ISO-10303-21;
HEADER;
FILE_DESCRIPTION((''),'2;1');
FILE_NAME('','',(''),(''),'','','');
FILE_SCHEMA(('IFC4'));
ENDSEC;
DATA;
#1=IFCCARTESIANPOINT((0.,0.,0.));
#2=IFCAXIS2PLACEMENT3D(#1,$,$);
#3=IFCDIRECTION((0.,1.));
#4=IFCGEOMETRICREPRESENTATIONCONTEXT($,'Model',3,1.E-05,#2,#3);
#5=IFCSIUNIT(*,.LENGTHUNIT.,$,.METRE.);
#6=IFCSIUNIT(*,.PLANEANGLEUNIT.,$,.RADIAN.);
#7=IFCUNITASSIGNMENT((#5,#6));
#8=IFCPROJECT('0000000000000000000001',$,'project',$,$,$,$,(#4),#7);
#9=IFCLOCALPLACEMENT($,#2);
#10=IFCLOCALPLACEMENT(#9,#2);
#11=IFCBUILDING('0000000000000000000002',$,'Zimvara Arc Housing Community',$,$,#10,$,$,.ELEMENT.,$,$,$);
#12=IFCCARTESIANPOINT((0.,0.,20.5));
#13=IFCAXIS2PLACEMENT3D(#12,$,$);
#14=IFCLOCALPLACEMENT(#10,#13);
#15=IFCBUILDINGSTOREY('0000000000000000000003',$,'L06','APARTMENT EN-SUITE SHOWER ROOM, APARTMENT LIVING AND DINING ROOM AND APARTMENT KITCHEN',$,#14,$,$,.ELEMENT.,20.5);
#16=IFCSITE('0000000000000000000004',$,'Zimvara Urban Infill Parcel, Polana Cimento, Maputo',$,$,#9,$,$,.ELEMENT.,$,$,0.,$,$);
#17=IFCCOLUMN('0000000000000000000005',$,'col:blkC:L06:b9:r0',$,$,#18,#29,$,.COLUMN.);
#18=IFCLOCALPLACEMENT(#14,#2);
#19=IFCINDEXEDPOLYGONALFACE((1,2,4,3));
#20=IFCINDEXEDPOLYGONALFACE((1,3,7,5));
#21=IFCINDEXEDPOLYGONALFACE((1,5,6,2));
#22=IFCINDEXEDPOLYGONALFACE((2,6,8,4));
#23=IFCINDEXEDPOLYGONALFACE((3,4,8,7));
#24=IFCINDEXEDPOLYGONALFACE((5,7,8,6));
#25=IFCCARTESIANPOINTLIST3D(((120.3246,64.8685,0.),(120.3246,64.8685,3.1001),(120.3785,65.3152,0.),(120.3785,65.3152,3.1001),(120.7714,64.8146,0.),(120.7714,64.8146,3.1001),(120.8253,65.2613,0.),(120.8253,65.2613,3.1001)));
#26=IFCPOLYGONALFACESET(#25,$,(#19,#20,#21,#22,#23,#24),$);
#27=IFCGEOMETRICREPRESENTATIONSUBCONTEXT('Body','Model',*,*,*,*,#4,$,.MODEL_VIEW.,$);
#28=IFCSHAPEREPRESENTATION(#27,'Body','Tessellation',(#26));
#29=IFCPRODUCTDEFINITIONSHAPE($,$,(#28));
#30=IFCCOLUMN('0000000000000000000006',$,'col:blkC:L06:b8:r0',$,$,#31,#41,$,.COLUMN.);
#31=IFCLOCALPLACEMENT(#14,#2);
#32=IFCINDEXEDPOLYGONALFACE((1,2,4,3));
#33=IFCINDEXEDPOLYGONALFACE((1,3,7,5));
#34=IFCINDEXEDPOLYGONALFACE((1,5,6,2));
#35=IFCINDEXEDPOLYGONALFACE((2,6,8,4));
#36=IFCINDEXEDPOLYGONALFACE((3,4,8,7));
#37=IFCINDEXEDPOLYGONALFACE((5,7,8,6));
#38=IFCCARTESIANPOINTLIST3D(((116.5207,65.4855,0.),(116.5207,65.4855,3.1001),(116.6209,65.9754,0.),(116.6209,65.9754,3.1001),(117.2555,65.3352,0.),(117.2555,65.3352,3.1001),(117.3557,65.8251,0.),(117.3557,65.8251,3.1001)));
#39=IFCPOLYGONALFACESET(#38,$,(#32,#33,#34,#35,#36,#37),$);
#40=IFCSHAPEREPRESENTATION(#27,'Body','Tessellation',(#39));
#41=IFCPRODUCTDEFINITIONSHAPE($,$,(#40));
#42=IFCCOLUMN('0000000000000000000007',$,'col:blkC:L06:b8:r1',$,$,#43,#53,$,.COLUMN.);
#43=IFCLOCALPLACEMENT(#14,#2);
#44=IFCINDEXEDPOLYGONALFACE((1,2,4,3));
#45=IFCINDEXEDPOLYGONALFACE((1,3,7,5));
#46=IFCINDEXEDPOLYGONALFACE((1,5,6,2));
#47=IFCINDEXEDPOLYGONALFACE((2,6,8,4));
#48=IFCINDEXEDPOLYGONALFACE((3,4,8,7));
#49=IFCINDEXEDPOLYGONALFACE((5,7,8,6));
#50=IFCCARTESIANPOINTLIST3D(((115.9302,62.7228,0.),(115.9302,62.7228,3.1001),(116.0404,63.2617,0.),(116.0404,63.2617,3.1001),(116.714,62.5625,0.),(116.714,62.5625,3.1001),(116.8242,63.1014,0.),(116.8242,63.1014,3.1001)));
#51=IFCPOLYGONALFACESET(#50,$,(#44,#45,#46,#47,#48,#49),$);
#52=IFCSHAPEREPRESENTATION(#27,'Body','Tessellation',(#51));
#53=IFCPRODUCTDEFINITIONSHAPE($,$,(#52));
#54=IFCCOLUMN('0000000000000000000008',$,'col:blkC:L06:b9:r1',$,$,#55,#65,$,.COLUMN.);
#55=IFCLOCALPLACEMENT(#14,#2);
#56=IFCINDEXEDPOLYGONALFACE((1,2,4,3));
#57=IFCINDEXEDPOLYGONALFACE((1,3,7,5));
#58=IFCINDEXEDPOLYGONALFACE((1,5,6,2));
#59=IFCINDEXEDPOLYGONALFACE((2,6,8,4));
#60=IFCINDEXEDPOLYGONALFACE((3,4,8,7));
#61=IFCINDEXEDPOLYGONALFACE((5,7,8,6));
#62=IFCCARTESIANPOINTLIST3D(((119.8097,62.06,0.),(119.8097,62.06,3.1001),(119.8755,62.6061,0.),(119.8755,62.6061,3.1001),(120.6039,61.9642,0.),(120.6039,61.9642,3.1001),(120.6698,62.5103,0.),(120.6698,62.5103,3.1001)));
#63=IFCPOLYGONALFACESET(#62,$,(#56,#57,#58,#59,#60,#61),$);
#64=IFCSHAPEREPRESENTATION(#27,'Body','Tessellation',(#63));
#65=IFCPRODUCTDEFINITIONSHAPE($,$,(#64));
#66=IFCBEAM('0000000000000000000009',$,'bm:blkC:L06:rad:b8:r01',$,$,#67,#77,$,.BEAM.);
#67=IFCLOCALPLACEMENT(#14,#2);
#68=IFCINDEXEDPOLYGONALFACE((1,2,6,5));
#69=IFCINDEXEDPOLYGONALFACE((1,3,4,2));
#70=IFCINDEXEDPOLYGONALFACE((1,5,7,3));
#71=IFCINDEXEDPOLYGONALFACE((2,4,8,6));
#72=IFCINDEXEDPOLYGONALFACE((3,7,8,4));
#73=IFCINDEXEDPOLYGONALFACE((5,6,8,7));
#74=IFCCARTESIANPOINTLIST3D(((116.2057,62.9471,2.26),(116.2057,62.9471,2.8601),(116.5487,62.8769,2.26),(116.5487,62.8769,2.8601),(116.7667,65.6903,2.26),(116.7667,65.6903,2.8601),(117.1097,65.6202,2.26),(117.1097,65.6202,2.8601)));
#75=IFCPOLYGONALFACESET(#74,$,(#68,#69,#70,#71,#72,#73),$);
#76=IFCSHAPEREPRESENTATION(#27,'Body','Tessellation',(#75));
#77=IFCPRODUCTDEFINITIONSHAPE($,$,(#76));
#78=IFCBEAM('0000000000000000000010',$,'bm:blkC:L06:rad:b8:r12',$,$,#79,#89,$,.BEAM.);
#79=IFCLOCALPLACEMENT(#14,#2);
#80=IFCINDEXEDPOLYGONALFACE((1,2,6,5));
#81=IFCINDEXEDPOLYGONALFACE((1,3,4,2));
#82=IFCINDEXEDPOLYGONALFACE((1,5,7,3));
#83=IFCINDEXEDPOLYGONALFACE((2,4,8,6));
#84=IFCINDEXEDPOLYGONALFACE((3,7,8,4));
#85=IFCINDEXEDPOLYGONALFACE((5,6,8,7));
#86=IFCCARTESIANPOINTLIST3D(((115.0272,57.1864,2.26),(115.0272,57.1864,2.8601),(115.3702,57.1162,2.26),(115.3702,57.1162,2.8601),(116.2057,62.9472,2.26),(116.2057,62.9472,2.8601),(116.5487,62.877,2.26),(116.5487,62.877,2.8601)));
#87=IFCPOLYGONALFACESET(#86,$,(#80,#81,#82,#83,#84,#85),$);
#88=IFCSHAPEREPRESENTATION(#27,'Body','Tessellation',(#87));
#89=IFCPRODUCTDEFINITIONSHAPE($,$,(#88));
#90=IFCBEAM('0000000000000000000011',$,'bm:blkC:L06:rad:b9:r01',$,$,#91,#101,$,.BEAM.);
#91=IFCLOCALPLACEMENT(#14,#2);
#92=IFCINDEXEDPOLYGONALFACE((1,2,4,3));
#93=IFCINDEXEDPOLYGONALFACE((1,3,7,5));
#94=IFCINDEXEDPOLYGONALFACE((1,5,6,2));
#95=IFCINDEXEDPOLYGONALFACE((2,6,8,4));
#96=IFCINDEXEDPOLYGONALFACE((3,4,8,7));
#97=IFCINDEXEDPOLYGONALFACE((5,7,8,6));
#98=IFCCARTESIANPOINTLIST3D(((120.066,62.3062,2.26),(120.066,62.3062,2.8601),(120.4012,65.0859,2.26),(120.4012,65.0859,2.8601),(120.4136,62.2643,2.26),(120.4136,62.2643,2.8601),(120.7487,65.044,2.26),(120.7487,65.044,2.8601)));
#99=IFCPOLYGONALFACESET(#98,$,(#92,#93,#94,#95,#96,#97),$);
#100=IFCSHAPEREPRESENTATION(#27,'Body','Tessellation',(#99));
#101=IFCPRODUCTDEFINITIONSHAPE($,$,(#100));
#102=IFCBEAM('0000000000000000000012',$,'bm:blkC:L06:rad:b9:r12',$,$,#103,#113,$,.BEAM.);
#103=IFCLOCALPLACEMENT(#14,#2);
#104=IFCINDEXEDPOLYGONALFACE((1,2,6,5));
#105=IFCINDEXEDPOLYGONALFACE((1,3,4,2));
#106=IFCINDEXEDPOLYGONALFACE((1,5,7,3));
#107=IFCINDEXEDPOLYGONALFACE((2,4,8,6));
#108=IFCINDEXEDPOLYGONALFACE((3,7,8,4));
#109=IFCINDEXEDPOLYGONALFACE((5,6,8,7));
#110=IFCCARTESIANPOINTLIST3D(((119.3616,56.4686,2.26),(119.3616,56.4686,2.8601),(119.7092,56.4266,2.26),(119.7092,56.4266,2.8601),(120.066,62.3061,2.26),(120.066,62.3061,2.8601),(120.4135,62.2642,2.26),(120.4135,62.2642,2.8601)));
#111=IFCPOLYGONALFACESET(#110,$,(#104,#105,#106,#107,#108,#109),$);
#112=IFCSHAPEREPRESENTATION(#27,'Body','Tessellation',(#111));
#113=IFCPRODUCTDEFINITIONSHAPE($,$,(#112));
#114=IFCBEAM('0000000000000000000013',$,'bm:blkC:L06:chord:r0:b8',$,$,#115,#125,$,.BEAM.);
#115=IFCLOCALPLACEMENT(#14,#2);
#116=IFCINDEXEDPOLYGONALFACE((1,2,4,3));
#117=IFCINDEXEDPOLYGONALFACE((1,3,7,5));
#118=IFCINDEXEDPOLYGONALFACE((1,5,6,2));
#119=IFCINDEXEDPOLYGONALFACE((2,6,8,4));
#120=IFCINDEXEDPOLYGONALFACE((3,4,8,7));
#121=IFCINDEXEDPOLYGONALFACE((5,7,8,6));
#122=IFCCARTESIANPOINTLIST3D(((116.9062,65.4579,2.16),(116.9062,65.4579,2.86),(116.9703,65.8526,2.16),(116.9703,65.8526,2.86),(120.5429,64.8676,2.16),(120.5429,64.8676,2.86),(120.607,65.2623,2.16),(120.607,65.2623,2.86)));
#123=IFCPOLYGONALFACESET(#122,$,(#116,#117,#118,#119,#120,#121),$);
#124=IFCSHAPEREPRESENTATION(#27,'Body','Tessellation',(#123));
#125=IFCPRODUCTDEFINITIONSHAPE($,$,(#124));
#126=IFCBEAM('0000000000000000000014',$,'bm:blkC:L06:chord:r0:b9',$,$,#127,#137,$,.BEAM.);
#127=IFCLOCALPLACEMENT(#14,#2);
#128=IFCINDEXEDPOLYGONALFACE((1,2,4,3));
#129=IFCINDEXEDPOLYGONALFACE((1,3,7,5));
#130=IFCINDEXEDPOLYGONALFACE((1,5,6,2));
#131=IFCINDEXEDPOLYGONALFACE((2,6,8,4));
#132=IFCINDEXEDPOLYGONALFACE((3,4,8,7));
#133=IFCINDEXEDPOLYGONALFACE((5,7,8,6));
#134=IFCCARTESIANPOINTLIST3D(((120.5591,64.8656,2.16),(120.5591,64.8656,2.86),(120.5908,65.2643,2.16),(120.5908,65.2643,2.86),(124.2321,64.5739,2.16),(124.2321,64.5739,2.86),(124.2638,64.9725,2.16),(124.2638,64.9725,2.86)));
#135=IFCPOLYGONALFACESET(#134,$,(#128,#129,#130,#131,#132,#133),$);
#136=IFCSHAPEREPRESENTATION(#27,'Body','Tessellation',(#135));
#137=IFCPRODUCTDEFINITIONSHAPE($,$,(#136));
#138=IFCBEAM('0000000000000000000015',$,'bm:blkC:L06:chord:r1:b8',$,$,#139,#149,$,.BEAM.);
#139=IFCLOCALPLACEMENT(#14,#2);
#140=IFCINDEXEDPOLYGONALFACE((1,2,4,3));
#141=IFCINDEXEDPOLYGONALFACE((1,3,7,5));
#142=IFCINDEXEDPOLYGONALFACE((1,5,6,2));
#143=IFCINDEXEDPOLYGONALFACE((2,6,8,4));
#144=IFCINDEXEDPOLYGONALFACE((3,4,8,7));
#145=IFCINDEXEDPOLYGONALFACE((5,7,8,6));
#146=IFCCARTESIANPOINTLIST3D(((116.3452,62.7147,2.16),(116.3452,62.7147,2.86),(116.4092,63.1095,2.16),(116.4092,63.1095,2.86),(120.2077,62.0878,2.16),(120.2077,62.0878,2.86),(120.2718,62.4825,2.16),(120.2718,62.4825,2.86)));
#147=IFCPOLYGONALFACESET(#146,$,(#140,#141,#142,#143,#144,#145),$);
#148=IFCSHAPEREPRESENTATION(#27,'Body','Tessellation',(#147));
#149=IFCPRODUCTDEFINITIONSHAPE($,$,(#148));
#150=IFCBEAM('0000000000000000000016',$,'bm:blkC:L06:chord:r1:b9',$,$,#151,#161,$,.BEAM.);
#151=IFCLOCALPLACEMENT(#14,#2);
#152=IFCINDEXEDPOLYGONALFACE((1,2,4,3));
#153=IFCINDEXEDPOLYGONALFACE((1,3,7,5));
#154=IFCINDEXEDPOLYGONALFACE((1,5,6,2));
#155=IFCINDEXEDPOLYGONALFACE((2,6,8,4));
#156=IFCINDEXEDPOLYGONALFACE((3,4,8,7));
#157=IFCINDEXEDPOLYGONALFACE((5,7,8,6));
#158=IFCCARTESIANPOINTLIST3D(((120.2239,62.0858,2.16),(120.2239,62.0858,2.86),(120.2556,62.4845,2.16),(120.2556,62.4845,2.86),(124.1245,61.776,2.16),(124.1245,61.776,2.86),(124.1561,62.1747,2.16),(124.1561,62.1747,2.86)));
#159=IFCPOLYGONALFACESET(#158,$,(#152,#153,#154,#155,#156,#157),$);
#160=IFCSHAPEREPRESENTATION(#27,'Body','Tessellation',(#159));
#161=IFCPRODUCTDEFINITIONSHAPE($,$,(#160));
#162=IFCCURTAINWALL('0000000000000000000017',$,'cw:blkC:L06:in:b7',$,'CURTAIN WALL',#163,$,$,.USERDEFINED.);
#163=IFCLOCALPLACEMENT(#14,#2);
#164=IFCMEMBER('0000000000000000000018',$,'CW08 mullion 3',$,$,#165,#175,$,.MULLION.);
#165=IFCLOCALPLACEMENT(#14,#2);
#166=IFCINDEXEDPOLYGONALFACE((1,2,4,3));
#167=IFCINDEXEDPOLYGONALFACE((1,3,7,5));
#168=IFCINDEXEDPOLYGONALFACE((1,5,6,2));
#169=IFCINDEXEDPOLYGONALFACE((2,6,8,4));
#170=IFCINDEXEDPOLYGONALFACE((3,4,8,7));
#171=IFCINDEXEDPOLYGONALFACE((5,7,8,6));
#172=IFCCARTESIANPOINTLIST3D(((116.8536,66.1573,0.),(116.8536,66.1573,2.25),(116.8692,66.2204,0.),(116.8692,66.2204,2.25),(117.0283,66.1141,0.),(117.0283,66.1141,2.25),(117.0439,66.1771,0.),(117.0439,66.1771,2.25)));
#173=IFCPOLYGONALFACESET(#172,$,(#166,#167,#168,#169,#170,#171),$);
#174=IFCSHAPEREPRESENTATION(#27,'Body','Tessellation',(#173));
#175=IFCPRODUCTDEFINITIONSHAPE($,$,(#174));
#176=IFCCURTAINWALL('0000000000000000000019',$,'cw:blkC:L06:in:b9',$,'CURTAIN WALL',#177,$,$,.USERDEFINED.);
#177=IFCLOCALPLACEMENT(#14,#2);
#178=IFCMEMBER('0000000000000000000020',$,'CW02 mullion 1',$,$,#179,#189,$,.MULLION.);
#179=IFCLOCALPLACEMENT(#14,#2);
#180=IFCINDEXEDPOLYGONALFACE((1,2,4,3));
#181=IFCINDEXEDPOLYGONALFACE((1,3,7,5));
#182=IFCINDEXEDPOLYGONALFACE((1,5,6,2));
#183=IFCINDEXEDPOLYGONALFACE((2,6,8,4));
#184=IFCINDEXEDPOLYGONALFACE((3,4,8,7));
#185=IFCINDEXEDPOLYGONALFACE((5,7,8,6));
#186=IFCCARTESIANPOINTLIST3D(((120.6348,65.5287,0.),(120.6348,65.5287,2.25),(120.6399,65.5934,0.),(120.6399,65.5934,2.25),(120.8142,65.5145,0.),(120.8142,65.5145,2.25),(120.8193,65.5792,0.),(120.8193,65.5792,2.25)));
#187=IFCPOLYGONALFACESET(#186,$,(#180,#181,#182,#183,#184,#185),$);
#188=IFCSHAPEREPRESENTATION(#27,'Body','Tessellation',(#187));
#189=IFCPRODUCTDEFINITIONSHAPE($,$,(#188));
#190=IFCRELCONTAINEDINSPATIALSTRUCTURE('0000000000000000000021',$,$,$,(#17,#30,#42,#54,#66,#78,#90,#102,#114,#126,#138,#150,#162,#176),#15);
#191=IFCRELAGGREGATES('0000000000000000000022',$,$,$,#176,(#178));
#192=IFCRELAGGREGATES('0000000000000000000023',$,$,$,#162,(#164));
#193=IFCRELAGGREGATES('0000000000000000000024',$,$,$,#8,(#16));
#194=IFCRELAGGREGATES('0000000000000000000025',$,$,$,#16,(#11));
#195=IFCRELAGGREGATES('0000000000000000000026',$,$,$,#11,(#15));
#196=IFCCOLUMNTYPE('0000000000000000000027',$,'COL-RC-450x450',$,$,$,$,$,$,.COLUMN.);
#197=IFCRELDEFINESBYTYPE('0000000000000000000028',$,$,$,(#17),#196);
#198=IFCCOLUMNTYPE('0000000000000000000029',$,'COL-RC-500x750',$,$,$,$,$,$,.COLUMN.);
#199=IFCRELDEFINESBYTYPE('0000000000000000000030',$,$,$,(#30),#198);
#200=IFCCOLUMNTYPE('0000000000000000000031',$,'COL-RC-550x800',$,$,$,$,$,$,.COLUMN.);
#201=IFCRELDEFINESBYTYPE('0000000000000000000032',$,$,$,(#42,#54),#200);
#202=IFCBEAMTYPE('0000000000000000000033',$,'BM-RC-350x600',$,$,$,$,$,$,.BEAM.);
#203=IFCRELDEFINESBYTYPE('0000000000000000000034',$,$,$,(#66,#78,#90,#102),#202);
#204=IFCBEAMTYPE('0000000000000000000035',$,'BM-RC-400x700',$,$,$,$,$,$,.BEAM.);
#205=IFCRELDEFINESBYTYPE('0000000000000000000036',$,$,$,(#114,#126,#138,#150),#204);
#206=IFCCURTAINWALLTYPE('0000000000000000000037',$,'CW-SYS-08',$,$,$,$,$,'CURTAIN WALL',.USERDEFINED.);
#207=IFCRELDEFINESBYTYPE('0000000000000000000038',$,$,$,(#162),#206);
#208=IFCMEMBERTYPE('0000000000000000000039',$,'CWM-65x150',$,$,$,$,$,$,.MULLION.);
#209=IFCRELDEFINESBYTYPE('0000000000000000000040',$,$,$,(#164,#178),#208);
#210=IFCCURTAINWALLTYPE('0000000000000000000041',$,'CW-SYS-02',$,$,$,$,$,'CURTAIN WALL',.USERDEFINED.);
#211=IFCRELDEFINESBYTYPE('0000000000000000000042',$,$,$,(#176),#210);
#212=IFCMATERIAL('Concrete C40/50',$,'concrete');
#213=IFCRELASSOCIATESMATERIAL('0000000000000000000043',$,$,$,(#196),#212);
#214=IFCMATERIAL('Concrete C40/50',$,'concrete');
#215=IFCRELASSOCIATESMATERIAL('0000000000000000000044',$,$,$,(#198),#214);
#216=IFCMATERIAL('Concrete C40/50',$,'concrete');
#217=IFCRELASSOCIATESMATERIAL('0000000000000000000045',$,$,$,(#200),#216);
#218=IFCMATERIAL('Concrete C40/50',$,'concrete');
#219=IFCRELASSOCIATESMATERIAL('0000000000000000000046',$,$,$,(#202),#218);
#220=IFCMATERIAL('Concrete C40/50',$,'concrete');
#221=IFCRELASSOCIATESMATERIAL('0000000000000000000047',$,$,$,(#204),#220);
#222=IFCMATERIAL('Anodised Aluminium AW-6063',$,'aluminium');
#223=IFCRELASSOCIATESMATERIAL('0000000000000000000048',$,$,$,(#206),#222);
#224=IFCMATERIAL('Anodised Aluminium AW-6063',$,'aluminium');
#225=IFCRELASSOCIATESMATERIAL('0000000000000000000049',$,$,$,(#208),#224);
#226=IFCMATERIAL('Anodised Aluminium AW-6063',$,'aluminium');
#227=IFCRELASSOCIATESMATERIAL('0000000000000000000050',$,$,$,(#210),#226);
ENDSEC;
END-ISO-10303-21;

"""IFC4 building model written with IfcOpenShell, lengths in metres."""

from ifc_helpers import new_model, si_unit, direction, frame, origin, origin_2d, place, context, subcontext, project, spatial, rectangle, extrude, material, material_profile, profile_set, type_object, element, aggregate, save


model = new_model("IFC4")

# Units and contexts
model_context = context("Model", 3, precision=1e-05, world=origin(), true_north=direction((0.0, 1.0)))
body_context = subcontext(model_context, "Body", "Model", "MODEL_VIEW")
ifc_project = project(units=[si_unit("LENGTHUNIT", "METRE"), si_unit("PLANEANGLEUNIT", "RADIAN")], contexts=[model_context])

# Site, building, storey
site_placement = place(None, origin())
site = spatial("IfcSite", under=ifc_project, at=site_placement, Name="Zimvara Urban Infill Parcel, Polana Cimento, Maputo", CompositionType="ELEMENT", RefElevation=0.0)
building_placement = place(site_placement, origin())
building = spatial("IfcBuilding", under=site, at=building_placement, Name="Zimvara Arc Housing Community", CompositionType="ELEMENT")
storey_placement = place(building_placement, frame((0.0, 0.0, 20.5)))
storey = spatial("IfcBuildingStorey", under=building, at=storey_placement, Name="L06", Description="APARTMENT EN-SUITE SHOWER ROOM, APARTMENT LIVING AND DINING ROOM AND APARTMENT KITCHEN", CompositionType="ELEMENT", Elevation=20.5)

# Columns
ifc_material_1 = material(Name="Concrete C40/50", Category="concrete")
ifc_material_profile_1 = material_profile(ifc_material_1, rectangle(XDim=0.45, YDim=0.45, at=origin_2d()), Name="RC 450x450")
ifc_profile_set_1 = profile_set([ifc_material_profile_1], Name="Concrete C40/50")
column_type_1 = type_object("IfcColumnType", Name="COL-RC-450x450", PredefinedType="COLUMN", material=ifc_profile_set_1)
column_1_placement = place(storey_placement, frame((120.575, 65.0649, 0.0), z_axis=(0.0, 0.0, 1.0), x_axis=(-0.11979, -0.992799, 0.0)))
element("IfcColumn", 1, at=column_1_placement, inside=storey, type_object=column_type_1, Name="col:blkC:L06:b9:r0", PredefinedType="COLUMN", context=body_context, shape_type="SweptSolid", body=[
    extrude(rectangle(XDim=0.45, YDim=0.45, at=origin_2d()), origin(), (0.0, 0.0, 1.0), 3.1001),
])
ifc_material_2 = material(Name="Concrete C40/50", Category="concrete")
ifc_material_profile_2 = material_profile(ifc_material_2, rectangle(XDim=0.5, YDim=0.75, at=origin_2d()), Name="RC 500x750")
ifc_profile_set_2 = profile_set([ifc_material_profile_2], Name="Concrete C40/50")
column_type_2 = type_object("IfcColumnType", Name="COL-RC-500x750", PredefinedType="COLUMN", material=ifc_profile_set_2)
column_2_placement = place(storey_placement, frame((116.9382, 65.6553, 0.0), z_axis=(0.0, 0.0, 1.0), x_axis=(-0.200394, -0.979715, 0.0)))
element("IfcColumn", 2, at=column_2_placement, inside=storey, type_object=column_type_2, Name="col:blkC:L06:b8:r0", PredefinedType="COLUMN", context=body_context, shape_type="SweptSolid", body=[
    extrude(rectangle(XDim=0.5, YDim=0.75, at=origin_2d()), origin(), (0.0, 0.0, 1.0), 3.1001),
])
ifc_material_3 = material(Name="Concrete C40/50", Category="concrete")
ifc_material_profile_3 = material_profile(ifc_material_3, rectangle(XDim=0.55, YDim=0.8, at=origin_2d()), Name="RC 550x800")
ifc_profile_set_3 = profile_set([ifc_material_profile_3], Name="Concrete C40/50")
column_type_3 = type_object("IfcColumnType", Name="COL-RC-550x800", PredefinedType="COLUMN", material=ifc_profile_set_3)
for number, where, z_axis, x_axis, name in (
    (3, (116.3772, 62.9121, 0.0), (0.0, 0.0, 1.0), (-0.200394, -0.979715, 0.0), "col:blkC:L06:b8:r1"),
    (4, (120.2397, 62.2852, 0.0), (0.0, 0.0, 1.0), (-0.11979, -0.992799, 0.0), "col:blkC:L06:b9:r1"),
):
    element("IfcColumn", number, at=place(storey_placement, frame(where, z_axis=z_axis, x_axis=x_axis)), inside=storey, type_object=column_type_3, Name=name, PredefinedType="COLUMN", context=body_context, shape_type="SweptSolid", body=[
        extrude(rectangle(XDim=0.55, YDim=0.8, at=origin_2d()), origin(), (0.0, 0.0, 1.0), 3.1001),
    ])

# Beams
ifc_material_4 = material(Name="Concrete C40/50", Category="concrete")
ifc_material_profile_4 = material_profile(ifc_material_4, rectangle(XDim=0.3501, YDim=0.6001, at=origin_2d()), Name="RC 350x600")
ifc_profile_set_4 = profile_set([ifc_material_profile_4], Name="Concrete C40/50")
beam_type_1 = type_object("IfcBeamType", Name="BM-RC-350x600", PredefinedType="BEAM", material=ifc_profile_set_4)
beam_1_placement = place(storey_placement, frame((116.9382, 65.6553, 2.5601), z_axis=(-0.200373, -0.97972, 0.0), x_axis=(0.97972, -0.200373, 0.0)))
element("IfcBeam", 5, at=beam_1_placement, inside=storey, type_object=beam_type_1, Name="bm:blkC:L06:rad:b8:r01", PredefinedType="BEAM", context=body_context, shape_type="SweptSolid", body=[
    extrude(rectangle(XDim=0.3501, YDim=0.6001, at=origin_2d()), origin(), (0.0, 0.0, 1.0), 2.8),
])
beam_2_placement = place(storey_placement, frame((116.3772, 62.9121, 2.5601), z_axis=(-0.200418, -0.97971, 0.0), x_axis=(0.97971, -0.200418, 0.0)))
element("IfcBeam", 6, at=beam_2_placement, inside=storey, type_object=beam_type_1, Name="bm:blkC:L06:rad:b8:r12", PredefinedType="BEAM", context=body_context, shape_type="SweptSolid", body=[
    extrude(rectangle(XDim=0.3501, YDim=0.6001, at=origin_2d()), origin(), (0.0, 0.0, 1.0), 5.8801),
])
beam_3_placement = place(storey_placement, frame((120.575, 65.0649, 2.5601), z_axis=(-0.119719, -0.992808, 0.0), x_axis=(0.992808, -0.119719, 0.0)))
element("IfcBeam", 7, at=beam_3_placement, inside=storey, type_object=beam_type_1, Name="bm:blkC:L06:rad:b9:r01", PredefinedType="BEAM", context=body_context, shape_type="SweptSolid", body=[
    extrude(rectangle(XDim=0.3501, YDim=0.6001, at=origin_2d()), origin(), (0.0, 0.0, 1.0), 2.7998),
])
beam_4_placement = place(storey_placement, frame((120.2397, 62.2852, 2.5601), z_axis=(-0.119787, -0.9928, 0.0), x_axis=(0.9928, -0.119787, 0.0)))
element("IfcBeam", 8, at=beam_4_placement, inside=storey, type_object=beam_type_1, Name="bm:blkC:L06:rad:b9:r12", PredefinedType="BEAM", context=body_context, shape_type="SweptSolid", body=[
    extrude(rectangle(XDim=0.3501, YDim=0.6001, at=origin_2d()), origin(), (0.0, 0.0, 1.0), 5.8799),
])
ifc_material_5 = material(Name="Concrete C40/50", Category="concrete")
ifc_material_profile_5 = material_profile(ifc_material_5, rectangle(XDim=0.3999, YDim=0.7, at=origin_2d()), Name="RC 400x700")
ifc_profile_set_5 = profile_set([ifc_material_profile_5], Name="Concrete C40/50")
beam_type_2 = type_object("IfcBeamType", Name="BM-RC-400x700", PredefinedType="BEAM", material=ifc_profile_set_5)
beam_5_placement = place(storey_placement, frame((116.9382, 65.6553, 2.51), z_axis=(0.98708, -0.160228, 0.0), x_axis=(0.160228, 0.98708, 0.0)))
element("IfcBeam", 9, at=beam_5_placement, inside=storey, type_object=beam_type_2, Name="bm:blkC:L06:chord:r0:b8", PredefinedType="BEAM", context=body_context, shape_type="SweptSolid", body=[
    extrude(rectangle(XDim=0.3999, YDim=0.7, at=origin_2d()), origin(), (0.0, 0.0, 1.0), 3.6843),
])
beam_6_placement = place(storey_placement, frame((120.575, 65.0649, 2.51), z_axis=(0.99686, -0.079179, 0.0), x_axis=(0.079179, 0.99686, 0.0)))
element("IfcBeam", 10, at=beam_6_placement, inside=storey, type_object=beam_type_2, Name="bm:blkC:L06:chord:r0:b9", PredefinedType="BEAM", context=body_context, shape_type="SweptSolid", body=[
    extrude(rectangle(XDim=0.3999, YDim=0.7, at=origin_2d()), origin(), (0.0, 0.0, 1.0), 3.6846),
])
beam_7_placement = place(storey_placement, frame((116.3772, 62.9121, 2.51), z_axis=(0.987081, -0.160219, 0.0), x_axis=(0.160219, 0.987081, 0.0)))
element("IfcBeam", 11, at=beam_7_placement, inside=storey, type_object=beam_type_2, Name="bm:blkC:L06:chord:r1:b8", PredefinedType="BEAM", context=body_context, shape_type="SweptSolid", body=[
    extrude(rectangle(XDim=0.3999, YDim=0.7, at=origin_2d()), origin(), (0.0, 0.0, 1.0), 3.9131),
])
beam_8_placement = place(storey_placement, frame((120.2397, 62.2852, 2.51), z_axis=(0.996861, -0.079177, 0.0), x_axis=(0.079177, 0.996861, 0.0)))
element("IfcBeam", 12, at=beam_8_placement, inside=storey, type_object=beam_type_2, Name="bm:blkC:L06:chord:r1:b9", PredefinedType="BEAM", context=body_context, shape_type="SweptSolid", body=[
    extrude(rectangle(XDim=0.3999, YDim=0.7, at=origin_2d()), origin(), (0.0, 0.0, 1.0), 3.9128),
])

# Curtain wall, member
ifc_material_6 = material(Name="Anodised Aluminium AW-6063", Category="aluminium")
curtain_wall_type_1 = type_object("IfcCurtainWallType", Name="CW-SYS-08", ElementType="CURTAIN WALL", PredefinedType="USERDEFINED", material=ifc_material_6)
curtain_wall_1_placement = place(storey_placement, origin())
curtain_wall_1 = element("IfcCurtainWall", 13, at=curtain_wall_1_placement, inside=storey, type_object=curtain_wall_type_1, Name="cw:blkC:L06:in:b7", ObjectType="CURTAIN WALL", PredefinedType="USERDEFINED")
ifc_material_7 = material(Name="Anodised Aluminium AW-6063", Category="aluminium")
ifc_material_profile_6 = material_profile(ifc_material_7, rectangle(XDim=0.0649, YDim=0.1799, at=origin_2d()), Name="ALU 65x180")
ifc_profile_set_6 = profile_set([ifc_material_profile_6], Name="Anodised Aluminium AW-6063")
member_type_1 = type_object("IfcMemberType", Name="CWM-65x150", PredefinedType="MULLION", material=ifc_profile_set_6)
member_1_placement = place(storey_placement, frame((116.9487, 66.1672, 0.0), z_axis=(0.0, 0.0, 1.0), x_axis=(0.240228, 0.970717, 0.0)))
member_1 = element("IfcMember", 14, at=member_1_placement, type_object=member_type_1, Name="CW08 mullion 3", PredefinedType="MULLION", context=body_context, shape_type="SweptSolid", body=[
    extrude(rectangle(XDim=0.0649, YDim=0.1799, at=origin_2d()), origin(), (0.0, 0.0, 1.0), 2.25),
])

# Curtain wall, member
ifc_material_8 = material(Name="Anodised Aluminium AW-6063", Category="aluminium")
curtain_wall_type_2 = type_object("IfcCurtainWallType", Name="CW-SYS-02", ElementType="CURTAIN WALL", PredefinedType="USERDEFINED", material=ifc_material_8)
curtain_wall_2_placement = place(storey_placement, origin())
curtain_wall_2 = element("IfcCurtainWall", 15, at=curtain_wall_2_placement, inside=storey, type_object=curtain_wall_type_2, Name="cw:blkC:L06:in:b9", ObjectType="CURTAIN WALL", PredefinedType="USERDEFINED")
member_2_placement = place(storey_placement, frame((120.7271, 65.554, 0.0), z_axis=(0.0, 0.0, 1.0), x_axis=(0.079155, 0.996862, 0.0)))
member_2 = element("IfcMember", 16, at=member_2_placement, type_object=member_type_1, Name="CW02 mullion 1", PredefinedType="MULLION", context=body_context, shape_type="SweptSolid", body=[
    extrude(rectangle(XDim=0.0649, YDim=0.1799, at=origin_2d()), origin(), (0.0, 0.0, 1.0), 2.25),
])
aggregate(curtain_wall_2, [member_2])

aggregate(curtain_wall_1, [member_1])

save(model, "model.ifc")
